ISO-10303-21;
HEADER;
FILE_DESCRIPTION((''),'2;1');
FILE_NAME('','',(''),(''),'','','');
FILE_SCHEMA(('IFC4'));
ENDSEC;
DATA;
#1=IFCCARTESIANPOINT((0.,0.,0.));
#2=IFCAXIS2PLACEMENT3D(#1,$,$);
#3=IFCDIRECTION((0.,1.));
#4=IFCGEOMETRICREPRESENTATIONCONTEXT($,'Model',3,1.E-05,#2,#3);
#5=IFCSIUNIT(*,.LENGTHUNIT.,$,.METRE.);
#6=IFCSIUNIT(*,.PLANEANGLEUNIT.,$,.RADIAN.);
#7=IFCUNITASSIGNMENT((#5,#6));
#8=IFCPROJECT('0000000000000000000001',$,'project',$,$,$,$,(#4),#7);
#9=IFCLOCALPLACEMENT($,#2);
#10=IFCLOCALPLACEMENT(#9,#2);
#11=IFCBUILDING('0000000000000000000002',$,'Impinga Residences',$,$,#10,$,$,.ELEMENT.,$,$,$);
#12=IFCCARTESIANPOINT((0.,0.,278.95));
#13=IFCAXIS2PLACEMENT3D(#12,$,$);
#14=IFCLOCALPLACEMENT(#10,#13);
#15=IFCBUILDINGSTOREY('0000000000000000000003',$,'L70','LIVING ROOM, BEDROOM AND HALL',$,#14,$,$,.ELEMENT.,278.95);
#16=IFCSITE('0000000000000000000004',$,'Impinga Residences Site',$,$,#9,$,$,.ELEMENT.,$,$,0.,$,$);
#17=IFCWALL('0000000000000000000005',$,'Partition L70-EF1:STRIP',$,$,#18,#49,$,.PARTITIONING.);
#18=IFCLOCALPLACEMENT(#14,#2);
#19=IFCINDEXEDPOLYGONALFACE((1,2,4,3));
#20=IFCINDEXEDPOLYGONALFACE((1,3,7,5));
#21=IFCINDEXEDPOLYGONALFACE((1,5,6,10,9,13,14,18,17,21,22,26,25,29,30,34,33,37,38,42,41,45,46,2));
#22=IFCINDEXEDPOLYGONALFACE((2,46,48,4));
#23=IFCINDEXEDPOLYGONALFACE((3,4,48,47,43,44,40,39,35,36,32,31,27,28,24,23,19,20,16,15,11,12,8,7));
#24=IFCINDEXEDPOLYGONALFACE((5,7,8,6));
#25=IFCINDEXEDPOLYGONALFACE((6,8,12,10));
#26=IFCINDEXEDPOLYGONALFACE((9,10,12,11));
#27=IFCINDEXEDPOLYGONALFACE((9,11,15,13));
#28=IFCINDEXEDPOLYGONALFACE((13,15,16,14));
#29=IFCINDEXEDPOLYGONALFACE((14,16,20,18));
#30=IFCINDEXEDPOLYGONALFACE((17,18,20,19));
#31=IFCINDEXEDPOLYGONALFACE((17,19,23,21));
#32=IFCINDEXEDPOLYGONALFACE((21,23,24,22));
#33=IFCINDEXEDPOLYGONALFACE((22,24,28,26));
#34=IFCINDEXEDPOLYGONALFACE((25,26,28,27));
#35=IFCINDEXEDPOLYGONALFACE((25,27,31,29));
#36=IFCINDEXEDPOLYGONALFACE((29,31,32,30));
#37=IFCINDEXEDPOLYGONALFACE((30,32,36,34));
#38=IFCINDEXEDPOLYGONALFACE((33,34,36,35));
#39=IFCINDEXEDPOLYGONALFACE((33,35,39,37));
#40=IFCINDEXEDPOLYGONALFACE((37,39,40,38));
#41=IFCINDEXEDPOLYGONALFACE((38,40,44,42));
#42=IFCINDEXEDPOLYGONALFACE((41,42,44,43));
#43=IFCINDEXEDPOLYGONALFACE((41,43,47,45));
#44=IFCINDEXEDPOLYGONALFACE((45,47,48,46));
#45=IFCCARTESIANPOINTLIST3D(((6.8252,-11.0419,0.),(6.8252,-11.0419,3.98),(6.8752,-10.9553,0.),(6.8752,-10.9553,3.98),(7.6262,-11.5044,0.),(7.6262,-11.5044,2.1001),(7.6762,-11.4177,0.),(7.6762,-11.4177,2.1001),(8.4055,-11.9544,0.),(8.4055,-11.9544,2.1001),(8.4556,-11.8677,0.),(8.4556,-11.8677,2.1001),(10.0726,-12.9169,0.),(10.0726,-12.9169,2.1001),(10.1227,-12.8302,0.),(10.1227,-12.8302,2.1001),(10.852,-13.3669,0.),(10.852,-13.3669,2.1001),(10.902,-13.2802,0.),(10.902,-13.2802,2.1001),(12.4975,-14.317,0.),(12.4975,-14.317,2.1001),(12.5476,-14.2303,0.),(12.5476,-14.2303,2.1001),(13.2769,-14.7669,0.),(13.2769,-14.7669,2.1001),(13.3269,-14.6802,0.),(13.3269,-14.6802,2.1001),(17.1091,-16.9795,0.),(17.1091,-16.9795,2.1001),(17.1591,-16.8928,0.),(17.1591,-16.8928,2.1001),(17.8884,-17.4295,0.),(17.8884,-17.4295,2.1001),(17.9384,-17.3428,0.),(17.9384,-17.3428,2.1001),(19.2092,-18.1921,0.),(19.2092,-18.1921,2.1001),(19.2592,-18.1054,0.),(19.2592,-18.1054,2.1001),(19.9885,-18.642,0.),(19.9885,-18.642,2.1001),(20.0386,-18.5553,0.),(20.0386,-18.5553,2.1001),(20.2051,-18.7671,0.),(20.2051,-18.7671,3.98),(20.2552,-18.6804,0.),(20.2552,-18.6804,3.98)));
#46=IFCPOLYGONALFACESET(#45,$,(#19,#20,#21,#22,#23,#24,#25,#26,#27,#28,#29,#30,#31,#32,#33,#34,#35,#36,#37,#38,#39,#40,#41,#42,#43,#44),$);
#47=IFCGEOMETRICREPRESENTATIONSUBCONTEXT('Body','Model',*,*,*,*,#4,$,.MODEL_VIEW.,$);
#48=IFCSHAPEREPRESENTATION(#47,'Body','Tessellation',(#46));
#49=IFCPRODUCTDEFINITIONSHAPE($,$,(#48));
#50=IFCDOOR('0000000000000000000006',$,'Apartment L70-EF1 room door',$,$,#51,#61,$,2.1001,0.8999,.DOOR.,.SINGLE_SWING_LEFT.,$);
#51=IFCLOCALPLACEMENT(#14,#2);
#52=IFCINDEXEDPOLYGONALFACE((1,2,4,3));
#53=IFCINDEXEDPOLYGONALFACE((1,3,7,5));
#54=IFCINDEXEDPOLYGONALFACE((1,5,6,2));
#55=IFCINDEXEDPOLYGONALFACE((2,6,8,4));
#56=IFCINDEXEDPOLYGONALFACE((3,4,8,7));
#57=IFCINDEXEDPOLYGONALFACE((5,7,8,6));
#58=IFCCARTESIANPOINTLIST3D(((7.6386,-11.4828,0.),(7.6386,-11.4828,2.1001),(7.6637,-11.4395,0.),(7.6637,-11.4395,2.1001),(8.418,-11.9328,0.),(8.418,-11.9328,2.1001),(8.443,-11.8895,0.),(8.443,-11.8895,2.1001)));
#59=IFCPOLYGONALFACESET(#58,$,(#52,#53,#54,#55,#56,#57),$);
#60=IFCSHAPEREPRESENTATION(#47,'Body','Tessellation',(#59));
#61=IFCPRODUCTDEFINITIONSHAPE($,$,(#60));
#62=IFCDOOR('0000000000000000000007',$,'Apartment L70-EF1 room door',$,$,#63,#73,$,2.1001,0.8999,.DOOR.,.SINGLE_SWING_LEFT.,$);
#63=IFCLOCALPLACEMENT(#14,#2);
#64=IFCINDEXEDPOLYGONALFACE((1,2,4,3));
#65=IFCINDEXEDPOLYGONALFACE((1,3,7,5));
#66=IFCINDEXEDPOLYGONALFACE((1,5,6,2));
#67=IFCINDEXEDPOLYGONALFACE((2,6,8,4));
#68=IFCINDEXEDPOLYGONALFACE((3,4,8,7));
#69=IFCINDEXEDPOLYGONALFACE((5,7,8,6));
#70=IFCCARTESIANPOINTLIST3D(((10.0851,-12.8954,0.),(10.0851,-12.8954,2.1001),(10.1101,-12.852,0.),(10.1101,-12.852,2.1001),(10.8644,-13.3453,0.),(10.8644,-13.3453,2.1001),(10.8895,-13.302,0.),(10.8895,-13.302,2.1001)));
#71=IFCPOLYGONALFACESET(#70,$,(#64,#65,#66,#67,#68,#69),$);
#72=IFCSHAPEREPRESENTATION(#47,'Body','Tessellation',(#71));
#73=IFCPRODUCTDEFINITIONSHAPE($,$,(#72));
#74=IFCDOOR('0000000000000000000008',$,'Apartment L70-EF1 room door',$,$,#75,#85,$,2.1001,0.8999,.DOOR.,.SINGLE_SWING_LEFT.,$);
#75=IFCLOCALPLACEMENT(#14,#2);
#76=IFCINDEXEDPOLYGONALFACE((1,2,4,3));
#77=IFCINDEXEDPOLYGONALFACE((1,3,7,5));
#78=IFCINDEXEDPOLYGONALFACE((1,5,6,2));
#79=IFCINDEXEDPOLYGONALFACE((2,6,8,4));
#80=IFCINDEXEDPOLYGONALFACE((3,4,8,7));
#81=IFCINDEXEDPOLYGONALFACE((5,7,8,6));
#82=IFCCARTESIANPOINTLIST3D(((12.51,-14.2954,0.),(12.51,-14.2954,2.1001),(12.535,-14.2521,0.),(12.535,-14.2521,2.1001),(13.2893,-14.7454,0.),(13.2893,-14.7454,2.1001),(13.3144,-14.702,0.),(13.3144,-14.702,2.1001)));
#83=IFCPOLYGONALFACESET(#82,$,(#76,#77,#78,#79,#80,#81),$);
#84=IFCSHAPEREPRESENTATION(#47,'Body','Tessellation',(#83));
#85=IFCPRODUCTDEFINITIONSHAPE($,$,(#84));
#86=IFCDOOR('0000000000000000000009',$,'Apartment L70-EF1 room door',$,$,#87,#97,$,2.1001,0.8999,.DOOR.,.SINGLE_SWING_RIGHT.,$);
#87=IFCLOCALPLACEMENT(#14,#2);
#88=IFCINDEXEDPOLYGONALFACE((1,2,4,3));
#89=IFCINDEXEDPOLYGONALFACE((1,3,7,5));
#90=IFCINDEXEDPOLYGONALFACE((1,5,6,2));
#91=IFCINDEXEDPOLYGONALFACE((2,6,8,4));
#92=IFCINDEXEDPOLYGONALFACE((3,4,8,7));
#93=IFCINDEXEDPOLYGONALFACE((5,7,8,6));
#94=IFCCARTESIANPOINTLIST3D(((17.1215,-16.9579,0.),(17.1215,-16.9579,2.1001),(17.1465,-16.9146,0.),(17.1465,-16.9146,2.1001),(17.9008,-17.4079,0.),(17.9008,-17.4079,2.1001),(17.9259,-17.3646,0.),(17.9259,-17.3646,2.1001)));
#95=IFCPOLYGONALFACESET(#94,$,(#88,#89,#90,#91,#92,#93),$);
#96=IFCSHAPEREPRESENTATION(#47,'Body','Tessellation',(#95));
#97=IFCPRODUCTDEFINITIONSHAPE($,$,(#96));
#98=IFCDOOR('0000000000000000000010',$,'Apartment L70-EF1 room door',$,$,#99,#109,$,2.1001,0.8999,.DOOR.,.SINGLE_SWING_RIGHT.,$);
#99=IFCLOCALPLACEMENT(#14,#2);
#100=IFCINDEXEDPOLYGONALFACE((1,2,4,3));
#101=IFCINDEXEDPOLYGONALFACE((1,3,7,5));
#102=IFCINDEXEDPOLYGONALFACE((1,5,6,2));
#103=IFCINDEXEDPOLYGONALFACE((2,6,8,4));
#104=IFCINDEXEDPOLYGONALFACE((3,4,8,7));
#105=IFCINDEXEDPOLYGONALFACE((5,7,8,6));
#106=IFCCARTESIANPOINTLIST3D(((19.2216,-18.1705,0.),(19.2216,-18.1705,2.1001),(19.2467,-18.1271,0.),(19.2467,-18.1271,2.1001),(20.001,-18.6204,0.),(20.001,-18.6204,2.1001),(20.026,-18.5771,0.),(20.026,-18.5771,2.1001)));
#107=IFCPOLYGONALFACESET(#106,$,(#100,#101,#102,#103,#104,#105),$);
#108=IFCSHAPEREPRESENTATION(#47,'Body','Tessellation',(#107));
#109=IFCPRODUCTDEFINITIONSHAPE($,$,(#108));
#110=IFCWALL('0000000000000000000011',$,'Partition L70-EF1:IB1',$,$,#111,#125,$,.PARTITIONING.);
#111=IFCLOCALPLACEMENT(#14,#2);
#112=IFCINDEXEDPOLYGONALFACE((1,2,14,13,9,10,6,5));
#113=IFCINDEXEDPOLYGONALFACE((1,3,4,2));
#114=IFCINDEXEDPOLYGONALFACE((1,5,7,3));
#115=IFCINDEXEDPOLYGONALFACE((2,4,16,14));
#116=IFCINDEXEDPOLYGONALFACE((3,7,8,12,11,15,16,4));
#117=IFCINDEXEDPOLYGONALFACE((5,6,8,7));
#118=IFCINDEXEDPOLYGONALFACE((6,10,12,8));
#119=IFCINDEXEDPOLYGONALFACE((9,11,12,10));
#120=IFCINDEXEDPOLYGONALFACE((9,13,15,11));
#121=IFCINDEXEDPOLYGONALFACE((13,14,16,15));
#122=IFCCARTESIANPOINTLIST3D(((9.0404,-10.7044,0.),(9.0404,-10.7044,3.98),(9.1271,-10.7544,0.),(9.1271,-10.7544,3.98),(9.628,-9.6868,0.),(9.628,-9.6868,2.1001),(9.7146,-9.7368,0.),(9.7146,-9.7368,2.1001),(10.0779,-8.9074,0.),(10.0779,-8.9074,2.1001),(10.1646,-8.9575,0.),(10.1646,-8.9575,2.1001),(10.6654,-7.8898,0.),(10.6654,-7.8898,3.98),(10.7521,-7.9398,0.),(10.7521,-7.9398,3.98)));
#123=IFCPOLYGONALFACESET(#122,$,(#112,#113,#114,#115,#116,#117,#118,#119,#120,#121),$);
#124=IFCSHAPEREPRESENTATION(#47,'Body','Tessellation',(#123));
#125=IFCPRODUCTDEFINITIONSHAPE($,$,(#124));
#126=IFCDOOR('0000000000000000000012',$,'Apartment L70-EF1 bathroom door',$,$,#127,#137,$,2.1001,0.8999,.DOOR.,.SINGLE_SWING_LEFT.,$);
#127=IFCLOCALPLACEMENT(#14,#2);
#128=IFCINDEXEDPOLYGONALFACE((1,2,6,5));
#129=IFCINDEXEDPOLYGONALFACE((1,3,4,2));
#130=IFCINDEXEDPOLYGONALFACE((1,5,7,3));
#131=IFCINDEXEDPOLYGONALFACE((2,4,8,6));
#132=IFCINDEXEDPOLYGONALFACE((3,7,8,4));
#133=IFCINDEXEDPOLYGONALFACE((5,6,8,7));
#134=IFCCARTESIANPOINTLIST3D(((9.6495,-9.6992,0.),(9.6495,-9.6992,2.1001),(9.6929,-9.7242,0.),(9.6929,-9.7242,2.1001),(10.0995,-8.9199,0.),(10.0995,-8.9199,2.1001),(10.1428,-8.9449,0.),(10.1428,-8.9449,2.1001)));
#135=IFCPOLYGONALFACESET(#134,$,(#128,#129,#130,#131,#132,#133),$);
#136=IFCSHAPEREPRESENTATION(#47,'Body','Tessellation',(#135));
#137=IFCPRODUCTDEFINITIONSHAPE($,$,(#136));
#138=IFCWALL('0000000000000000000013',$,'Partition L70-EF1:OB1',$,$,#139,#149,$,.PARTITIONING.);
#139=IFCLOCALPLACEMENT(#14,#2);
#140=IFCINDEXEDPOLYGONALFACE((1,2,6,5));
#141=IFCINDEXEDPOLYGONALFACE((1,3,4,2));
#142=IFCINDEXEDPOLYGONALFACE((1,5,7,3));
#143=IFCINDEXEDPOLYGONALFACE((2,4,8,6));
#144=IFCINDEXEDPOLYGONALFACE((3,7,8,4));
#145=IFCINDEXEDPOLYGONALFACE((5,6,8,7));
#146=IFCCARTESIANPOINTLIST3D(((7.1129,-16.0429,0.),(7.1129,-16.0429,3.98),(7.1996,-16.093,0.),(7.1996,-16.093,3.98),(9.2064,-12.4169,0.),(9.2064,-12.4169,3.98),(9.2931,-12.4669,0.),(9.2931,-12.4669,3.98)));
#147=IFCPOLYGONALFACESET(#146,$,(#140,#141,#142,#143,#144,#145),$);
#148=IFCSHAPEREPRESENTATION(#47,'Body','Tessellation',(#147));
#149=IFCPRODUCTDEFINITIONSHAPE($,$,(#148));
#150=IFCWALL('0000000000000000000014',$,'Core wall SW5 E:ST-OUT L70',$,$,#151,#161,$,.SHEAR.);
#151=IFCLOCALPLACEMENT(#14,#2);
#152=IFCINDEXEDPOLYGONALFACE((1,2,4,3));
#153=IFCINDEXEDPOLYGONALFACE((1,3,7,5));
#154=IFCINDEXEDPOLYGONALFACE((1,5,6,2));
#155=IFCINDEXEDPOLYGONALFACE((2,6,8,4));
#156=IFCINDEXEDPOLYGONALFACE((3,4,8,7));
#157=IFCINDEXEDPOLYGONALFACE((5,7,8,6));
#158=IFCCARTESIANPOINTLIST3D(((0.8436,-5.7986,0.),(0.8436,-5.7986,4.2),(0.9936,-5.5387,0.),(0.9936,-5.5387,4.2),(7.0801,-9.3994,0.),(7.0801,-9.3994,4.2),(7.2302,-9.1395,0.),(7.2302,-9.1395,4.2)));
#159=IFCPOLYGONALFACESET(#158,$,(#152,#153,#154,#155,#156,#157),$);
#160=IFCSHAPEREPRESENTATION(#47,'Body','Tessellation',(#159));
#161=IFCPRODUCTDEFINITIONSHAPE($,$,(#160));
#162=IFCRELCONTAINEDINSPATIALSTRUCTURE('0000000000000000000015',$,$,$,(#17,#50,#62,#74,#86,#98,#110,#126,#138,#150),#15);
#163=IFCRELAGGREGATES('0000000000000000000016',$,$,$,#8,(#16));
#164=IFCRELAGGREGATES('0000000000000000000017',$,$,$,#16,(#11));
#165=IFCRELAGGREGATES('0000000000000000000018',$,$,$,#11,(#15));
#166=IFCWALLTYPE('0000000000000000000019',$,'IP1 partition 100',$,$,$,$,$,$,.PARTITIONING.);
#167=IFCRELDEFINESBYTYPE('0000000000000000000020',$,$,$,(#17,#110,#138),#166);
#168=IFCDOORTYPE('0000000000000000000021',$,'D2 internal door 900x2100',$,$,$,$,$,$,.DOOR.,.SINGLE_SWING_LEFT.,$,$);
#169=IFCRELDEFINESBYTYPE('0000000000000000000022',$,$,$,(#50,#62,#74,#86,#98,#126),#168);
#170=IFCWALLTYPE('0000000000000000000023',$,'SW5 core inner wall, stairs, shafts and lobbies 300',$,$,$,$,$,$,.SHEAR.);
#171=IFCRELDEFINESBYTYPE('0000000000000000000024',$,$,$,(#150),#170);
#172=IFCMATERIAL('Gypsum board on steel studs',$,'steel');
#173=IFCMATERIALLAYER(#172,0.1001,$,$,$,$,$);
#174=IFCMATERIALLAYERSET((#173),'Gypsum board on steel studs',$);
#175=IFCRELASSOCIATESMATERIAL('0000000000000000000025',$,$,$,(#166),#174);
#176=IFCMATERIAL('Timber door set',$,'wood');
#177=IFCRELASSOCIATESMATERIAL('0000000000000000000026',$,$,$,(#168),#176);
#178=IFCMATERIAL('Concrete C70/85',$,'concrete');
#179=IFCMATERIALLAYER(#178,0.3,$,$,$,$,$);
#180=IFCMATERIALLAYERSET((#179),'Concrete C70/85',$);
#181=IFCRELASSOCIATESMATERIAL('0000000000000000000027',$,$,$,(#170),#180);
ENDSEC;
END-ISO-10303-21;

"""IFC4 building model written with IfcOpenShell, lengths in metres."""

from ifc_helpers import new_model, si_unit, direction, frame, frame_2d, origin, place, context, subcontext, project, spatial, rectangle, extrude, material, layer, layer_set, type_object, element, fill, save


model = new_model("IFC4")

# Units and contexts
model_context = context("Model", 3, precision=1e-05, world=origin(), true_north=direction((0.0, 1.0)))
body_context = subcontext(model_context, "Body", "Model", "MODEL_VIEW")
ifc_project = project(units=[si_unit("LENGTHUNIT", "METRE"), si_unit("PLANEANGLEUNIT", "RADIAN")], contexts=[model_context])

# Site, building, storey
site_placement = place(None, origin())
site = spatial("IfcSite", under=ifc_project, at=site_placement, Name="Impinga Residences Site", CompositionType="ELEMENT", RefElevation=0.0)
building_placement = place(site_placement, origin())
building = spatial("IfcBuilding", under=site, at=building_placement, Name="Impinga Residences", CompositionType="ELEMENT")
storey_placement = place(building_placement, frame((0.0, 0.0, 278.95)))
storey = spatial("IfcBuildingStorey", under=building, at=storey_placement, Name="L70", Description="LIVING ROOM, BEDROOM AND HALL", CompositionType="ELEMENT", Elevation=278.95)

# Shared definitions
ifc_material_1 = material(Name="Timber door set", Category="wood")

# Shared definitions
ifc_material_2 = material(Name="Gypsum board on steel studs", Category="steel")
ifc_layer_1 = layer(ifc_material_2, 0.1001)
ifc_layer_set_1 = layer_set([ifc_layer_1], Name="Gypsum board on steel studs")
wall_type_1 = type_object("IfcWallType", Name="IP1 partition 100", PredefinedType="PARTITIONING", material=ifc_layer_set_1)

# Wall, openings, doors
wall_1_placement = place(storey_placement, frame((6.8501, -10.9985, 0.0), z_axis=(0.0, 0.0, 1.0), x_axis=(0.866019, -0.500011, 0.0)))
wall_1 = element("IfcWall", 1, at=wall_1_placement, inside=storey, type_object=wall_type_1, Name="Partition L70-EF1:STRIP", PredefinedType="PARTITIONING", context=body_context, shape_type="SweptSolid", body=[
    extrude(rectangle(XDim=15.45, YDim=0.1001, at=frame_2d((7.7251, 0.0))), origin(), (0.0, 0.0, 1.0), 3.98),
])
opening_1_placement = place(wall_1_placement, frame((0.925, 0.0, 0.0)))
opening_1 = element("IfcOpeningElement", 2, at=opening_1_placement, cuts=wall_1, PredefinedType="OPENING", context=body_context, shape_type="SweptSolid", body=[
    extrude(rectangle(XDim=0.8999, YDim=2.1001, at=frame_2d((0.45, 1.05))), frame((0.0, 0.0601, 0.0), z_axis=(0.0, -1.0, 0.0), x_axis=(1.0, 0.0, 0.0)), (0.0, 0.0, 1.0), 0.1201),
])
opening_2_placement = place(wall_1_placement, frame((3.75, 0.0, 0.0)))
opening_2 = element("IfcOpeningElement", 3, at=opening_2_placement, cuts=wall_1, PredefinedType="OPENING", context=body_context, shape_type="SweptSolid", body=[
    extrude(rectangle(XDim=0.8999, YDim=2.1001, at=frame_2d((0.45, 1.05))), frame((0.0, 0.0601, 0.0), z_axis=(0.0, -1.0, 0.0), x_axis=(1.0, 0.0, 0.0)), (0.0, 0.0, 1.0), 0.1201),
])
opening_3_placement = place(wall_1_placement, frame((6.55, 0.0, 0.0)))
opening_3 = element("IfcOpeningElement", 4, at=opening_3_placement, cuts=wall_1, PredefinedType="OPENING", context=body_context, shape_type="SweptSolid", body=[
    extrude(rectangle(XDim=0.8999, YDim=2.1001, at=frame_2d((0.45, 1.05))), frame((0.0, 0.0601, 0.0), z_axis=(0.0, -1.0, 0.0), x_axis=(1.0, 0.0, 0.0)), (0.0, 0.0, 1.0), 0.1201),
])
opening_4_placement = place(wall_1_placement, frame((11.875, 0.0, 0.0)))
opening_4 = element("IfcOpeningElement", 5, at=opening_4_placement, cuts=wall_1, PredefinedType="OPENING", context=body_context, shape_type="SweptSolid", body=[
    extrude(rectangle(XDim=0.8999, YDim=2.1001, at=frame_2d((0.45, 1.05))), frame((0.0, 0.0601, 0.0), z_axis=(0.0, -1.0, 0.0), x_axis=(1.0, 0.0, 0.0)), (0.0, 0.0, 1.0), 0.1201),
])
opening_5_placement = place(wall_1_placement, frame((14.3, 0.0, 0.0)))
opening_5 = element("IfcOpeningElement", 6, at=opening_5_placement, cuts=wall_1, PredefinedType="OPENING", context=body_context, shape_type="SweptSolid", body=[
    extrude(rectangle(XDim=0.8999, YDim=2.1001, at=frame_2d((0.45, 1.05))), frame((0.0, 0.0601, 0.0), z_axis=(0.0, -1.0, 0.0), x_axis=(1.0, 0.0, 0.0)), (0.0, 0.0, 1.0), 0.1201),
])
door_type_1 = type_object("IfcDoorType", Name="D2 internal door 900x2100", OperationType="SINGLE_SWING_LEFT", PredefinedType="DOOR", material=ifc_material_1)
door_1_placement = place(opening_1_placement, origin())
door_1 = element("IfcDoor", 7, at=door_1_placement, inside=storey, type_object=door_type_1, Name="Apartment L70-EF1 room door", OperationType="SINGLE_SWING_LEFT", OverallHeight=2.1001, OverallWidth=0.8999, PredefinedType="DOOR", context=body_context, shape_type="SweptSolid", body=[
    extrude(rectangle(XDim=0.8999, YDim=2.1001, at=frame_2d((0.45, 1.05))), frame((0.0, 0.0249, 0.0), z_axis=(0.0, -1.0, 0.0), x_axis=(1.0, 0.0, 0.0)), (0.0, 0.0, 1.0), 0.05),
])
fill(opening_1, door_1)
door_2_placement = place(opening_2_placement, origin())
door_2 = element("IfcDoor", 8, at=door_2_placement, inside=storey, type_object=door_type_1, Name="Apartment L70-EF1 room door", OperationType="SINGLE_SWING_LEFT", OverallHeight=2.1001, OverallWidth=0.8999, PredefinedType="DOOR", context=body_context, shape_type="SweptSolid", body=[
    extrude(rectangle(XDim=0.8999, YDim=2.1001, at=frame_2d((0.45, 1.05))), frame((0.0, 0.0249, 0.0), z_axis=(0.0, -1.0, 0.0), x_axis=(1.0, 0.0, 0.0)), (0.0, 0.0, 1.0), 0.05),
])
fill(opening_2, door_2)
door_3_placement = place(opening_3_placement, origin())
door_3 = element("IfcDoor", 9, at=door_3_placement, inside=storey, type_object=door_type_1, Name="Apartment L70-EF1 room door", OperationType="SINGLE_SWING_LEFT", OverallHeight=2.1001, OverallWidth=0.8999, PredefinedType="DOOR", context=body_context, shape_type="SweptSolid", body=[
    extrude(rectangle(XDim=0.8999, YDim=2.1001, at=frame_2d((0.45, 1.05))), frame((0.0, 0.0249, 0.0), z_axis=(0.0, -1.0, 0.0), x_axis=(1.0, 0.0, 0.0)), (0.0, 0.0, 1.0), 0.05),
])
fill(opening_3, door_3)
door_4_placement = place(opening_4_placement, origin())
door_4 = element("IfcDoor", 10, at=door_4_placement, inside=storey, type_object=door_type_1, Name="Apartment L70-EF1 room door", OperationType="SINGLE_SWING_RIGHT", OverallHeight=2.1001, OverallWidth=0.8999, PredefinedType="DOOR", context=body_context, shape_type="SweptSolid", body=[
    extrude(rectangle(XDim=0.8999, YDim=2.1001, at=frame_2d((0.45, 1.05))), frame((0.0, 0.0249, 0.0), z_axis=(0.0, -1.0, 0.0), x_axis=(1.0, 0.0, 0.0)), (0.0, 0.0, 1.0), 0.05),
])
fill(opening_4, door_4)
door_5_placement = place(opening_5_placement, origin())
door_5 = element("IfcDoor", 11, at=door_5_placement, inside=storey, type_object=door_type_1, Name="Apartment L70-EF1 room door", OperationType="SINGLE_SWING_RIGHT", OverallHeight=2.1001, OverallWidth=0.8999, PredefinedType="DOOR", context=body_context, shape_type="SweptSolid", body=[
    extrude(rectangle(XDim=0.8999, YDim=2.1001, at=frame_2d((0.45, 1.05))), frame((0.0, 0.0249, 0.0), z_axis=(0.0, -1.0, 0.0), x_axis=(1.0, 0.0, 0.0)), (0.0, 0.0, 1.0), 0.05),
])
fill(opening_5, door_5)

# Wall, opening, door
wall_2_placement = place(storey_placement, frame((10.7087, -7.9148, 0.0), z_axis=(0.0, 0.0, 1.0), x_axis=(-0.499985, -0.866034, 0.0)))
wall_2 = element("IfcWall", 12, at=wall_2_placement, inside=storey, type_object=wall_type_1, Name="Partition L70-EF1:IB1", PredefinedType="PARTITIONING", context=body_context, shape_type="SweptSolid", body=[
    extrude(rectangle(XDim=3.25, YDim=0.1001, at=frame_2d((1.625, 0.0))), origin(), (0.0, 0.0, 1.0), 3.98),
])
opening_6_placement = place(wall_2_placement, frame((1.175, 0.0, 0.0)))
opening_6 = element("IfcOpeningElement", 13, at=opening_6_placement, cuts=wall_2, PredefinedType="OPENING", context=body_context, shape_type="SweptSolid", body=[
    extrude(rectangle(XDim=0.8999, YDim=2.1001, at=frame_2d((0.45, 1.05))), frame((0.0, 0.0601, 0.0), z_axis=(0.0, -1.0, 0.0), x_axis=(1.0, 0.0, 0.0)), (0.0, 0.0, 1.0), 0.1201),
])
door_6_placement = place(opening_6_placement, origin())
door_6 = element("IfcDoor", 14, at=door_6_placement, inside=storey, type_object=door_type_1, Name="Apartment L70-EF1 bathroom door", OperationType="SINGLE_SWING_LEFT", OverallHeight=2.1001, OverallWidth=0.8999, PredefinedType="DOOR", context=body_context, shape_type="SweptSolid", body=[
    extrude(rectangle(XDim=0.8999, YDim=2.1001, at=frame_2d((0.45, 1.05))), frame((0.0, 0.0249, 0.0), z_axis=(0.0, -1.0, 0.0), x_axis=(1.0, 0.0, 0.0)), (0.0, 0.0, 1.0), 0.05),
])
fill(opening_6, door_6)

# Walls
wall_3_placement = place(storey_placement, frame((9.2498, -12.4419, 0.0), z_axis=(0.0, 0.0, 1.0), x_axis=(-0.500008, -0.866021, 0.0)))
element("IfcWall", 15, at=wall_3_placement, inside=storey, type_object=wall_type_1, Name="Partition L70-EF1:OB1", PredefinedType="PARTITIONING", context=body_context, shape_type="SweptSolid", body=[
    extrude(rectangle(XDim=4.187, YDim=0.1001, at=frame_2d((2.0935, 0.0))), origin(), (0.0, 0.0, 1.0), 3.98),
])
ifc_material_3 = material(Name="Concrete C70/85", Category="concrete")
ifc_layer_2 = layer(ifc_material_3, 0.3)
ifc_layer_set_2 = layer_set([ifc_layer_2], Name="Concrete C70/85")
wall_type_2 = type_object("IfcWallType", Name="SW5 core inner wall, stairs, shafts and lobbies 300", PredefinedType="SHEAR", material=ifc_layer_set_2)
wall_4_placement = place(storey_placement, frame((0.9187, -5.6687, 0.0), z_axis=(0.0, 0.0, 1.0), x_axis=(0.866017, -0.500015, 0.0)))
element("IfcWall", 16, at=wall_4_placement, inside=storey, type_object=wall_type_2, Name="Core wall SW5 E:ST-OUT L70", PredefinedType="SHEAR", context=body_context, shape_type="SweptSolid", body=[
    extrude(rectangle(XDim=7.2014, YDim=0.3, at=frame_2d((3.6006, 0.0))), origin(), (0.0, 0.0, 1.0), 4.2),
])

save(model, "model.ifc")
